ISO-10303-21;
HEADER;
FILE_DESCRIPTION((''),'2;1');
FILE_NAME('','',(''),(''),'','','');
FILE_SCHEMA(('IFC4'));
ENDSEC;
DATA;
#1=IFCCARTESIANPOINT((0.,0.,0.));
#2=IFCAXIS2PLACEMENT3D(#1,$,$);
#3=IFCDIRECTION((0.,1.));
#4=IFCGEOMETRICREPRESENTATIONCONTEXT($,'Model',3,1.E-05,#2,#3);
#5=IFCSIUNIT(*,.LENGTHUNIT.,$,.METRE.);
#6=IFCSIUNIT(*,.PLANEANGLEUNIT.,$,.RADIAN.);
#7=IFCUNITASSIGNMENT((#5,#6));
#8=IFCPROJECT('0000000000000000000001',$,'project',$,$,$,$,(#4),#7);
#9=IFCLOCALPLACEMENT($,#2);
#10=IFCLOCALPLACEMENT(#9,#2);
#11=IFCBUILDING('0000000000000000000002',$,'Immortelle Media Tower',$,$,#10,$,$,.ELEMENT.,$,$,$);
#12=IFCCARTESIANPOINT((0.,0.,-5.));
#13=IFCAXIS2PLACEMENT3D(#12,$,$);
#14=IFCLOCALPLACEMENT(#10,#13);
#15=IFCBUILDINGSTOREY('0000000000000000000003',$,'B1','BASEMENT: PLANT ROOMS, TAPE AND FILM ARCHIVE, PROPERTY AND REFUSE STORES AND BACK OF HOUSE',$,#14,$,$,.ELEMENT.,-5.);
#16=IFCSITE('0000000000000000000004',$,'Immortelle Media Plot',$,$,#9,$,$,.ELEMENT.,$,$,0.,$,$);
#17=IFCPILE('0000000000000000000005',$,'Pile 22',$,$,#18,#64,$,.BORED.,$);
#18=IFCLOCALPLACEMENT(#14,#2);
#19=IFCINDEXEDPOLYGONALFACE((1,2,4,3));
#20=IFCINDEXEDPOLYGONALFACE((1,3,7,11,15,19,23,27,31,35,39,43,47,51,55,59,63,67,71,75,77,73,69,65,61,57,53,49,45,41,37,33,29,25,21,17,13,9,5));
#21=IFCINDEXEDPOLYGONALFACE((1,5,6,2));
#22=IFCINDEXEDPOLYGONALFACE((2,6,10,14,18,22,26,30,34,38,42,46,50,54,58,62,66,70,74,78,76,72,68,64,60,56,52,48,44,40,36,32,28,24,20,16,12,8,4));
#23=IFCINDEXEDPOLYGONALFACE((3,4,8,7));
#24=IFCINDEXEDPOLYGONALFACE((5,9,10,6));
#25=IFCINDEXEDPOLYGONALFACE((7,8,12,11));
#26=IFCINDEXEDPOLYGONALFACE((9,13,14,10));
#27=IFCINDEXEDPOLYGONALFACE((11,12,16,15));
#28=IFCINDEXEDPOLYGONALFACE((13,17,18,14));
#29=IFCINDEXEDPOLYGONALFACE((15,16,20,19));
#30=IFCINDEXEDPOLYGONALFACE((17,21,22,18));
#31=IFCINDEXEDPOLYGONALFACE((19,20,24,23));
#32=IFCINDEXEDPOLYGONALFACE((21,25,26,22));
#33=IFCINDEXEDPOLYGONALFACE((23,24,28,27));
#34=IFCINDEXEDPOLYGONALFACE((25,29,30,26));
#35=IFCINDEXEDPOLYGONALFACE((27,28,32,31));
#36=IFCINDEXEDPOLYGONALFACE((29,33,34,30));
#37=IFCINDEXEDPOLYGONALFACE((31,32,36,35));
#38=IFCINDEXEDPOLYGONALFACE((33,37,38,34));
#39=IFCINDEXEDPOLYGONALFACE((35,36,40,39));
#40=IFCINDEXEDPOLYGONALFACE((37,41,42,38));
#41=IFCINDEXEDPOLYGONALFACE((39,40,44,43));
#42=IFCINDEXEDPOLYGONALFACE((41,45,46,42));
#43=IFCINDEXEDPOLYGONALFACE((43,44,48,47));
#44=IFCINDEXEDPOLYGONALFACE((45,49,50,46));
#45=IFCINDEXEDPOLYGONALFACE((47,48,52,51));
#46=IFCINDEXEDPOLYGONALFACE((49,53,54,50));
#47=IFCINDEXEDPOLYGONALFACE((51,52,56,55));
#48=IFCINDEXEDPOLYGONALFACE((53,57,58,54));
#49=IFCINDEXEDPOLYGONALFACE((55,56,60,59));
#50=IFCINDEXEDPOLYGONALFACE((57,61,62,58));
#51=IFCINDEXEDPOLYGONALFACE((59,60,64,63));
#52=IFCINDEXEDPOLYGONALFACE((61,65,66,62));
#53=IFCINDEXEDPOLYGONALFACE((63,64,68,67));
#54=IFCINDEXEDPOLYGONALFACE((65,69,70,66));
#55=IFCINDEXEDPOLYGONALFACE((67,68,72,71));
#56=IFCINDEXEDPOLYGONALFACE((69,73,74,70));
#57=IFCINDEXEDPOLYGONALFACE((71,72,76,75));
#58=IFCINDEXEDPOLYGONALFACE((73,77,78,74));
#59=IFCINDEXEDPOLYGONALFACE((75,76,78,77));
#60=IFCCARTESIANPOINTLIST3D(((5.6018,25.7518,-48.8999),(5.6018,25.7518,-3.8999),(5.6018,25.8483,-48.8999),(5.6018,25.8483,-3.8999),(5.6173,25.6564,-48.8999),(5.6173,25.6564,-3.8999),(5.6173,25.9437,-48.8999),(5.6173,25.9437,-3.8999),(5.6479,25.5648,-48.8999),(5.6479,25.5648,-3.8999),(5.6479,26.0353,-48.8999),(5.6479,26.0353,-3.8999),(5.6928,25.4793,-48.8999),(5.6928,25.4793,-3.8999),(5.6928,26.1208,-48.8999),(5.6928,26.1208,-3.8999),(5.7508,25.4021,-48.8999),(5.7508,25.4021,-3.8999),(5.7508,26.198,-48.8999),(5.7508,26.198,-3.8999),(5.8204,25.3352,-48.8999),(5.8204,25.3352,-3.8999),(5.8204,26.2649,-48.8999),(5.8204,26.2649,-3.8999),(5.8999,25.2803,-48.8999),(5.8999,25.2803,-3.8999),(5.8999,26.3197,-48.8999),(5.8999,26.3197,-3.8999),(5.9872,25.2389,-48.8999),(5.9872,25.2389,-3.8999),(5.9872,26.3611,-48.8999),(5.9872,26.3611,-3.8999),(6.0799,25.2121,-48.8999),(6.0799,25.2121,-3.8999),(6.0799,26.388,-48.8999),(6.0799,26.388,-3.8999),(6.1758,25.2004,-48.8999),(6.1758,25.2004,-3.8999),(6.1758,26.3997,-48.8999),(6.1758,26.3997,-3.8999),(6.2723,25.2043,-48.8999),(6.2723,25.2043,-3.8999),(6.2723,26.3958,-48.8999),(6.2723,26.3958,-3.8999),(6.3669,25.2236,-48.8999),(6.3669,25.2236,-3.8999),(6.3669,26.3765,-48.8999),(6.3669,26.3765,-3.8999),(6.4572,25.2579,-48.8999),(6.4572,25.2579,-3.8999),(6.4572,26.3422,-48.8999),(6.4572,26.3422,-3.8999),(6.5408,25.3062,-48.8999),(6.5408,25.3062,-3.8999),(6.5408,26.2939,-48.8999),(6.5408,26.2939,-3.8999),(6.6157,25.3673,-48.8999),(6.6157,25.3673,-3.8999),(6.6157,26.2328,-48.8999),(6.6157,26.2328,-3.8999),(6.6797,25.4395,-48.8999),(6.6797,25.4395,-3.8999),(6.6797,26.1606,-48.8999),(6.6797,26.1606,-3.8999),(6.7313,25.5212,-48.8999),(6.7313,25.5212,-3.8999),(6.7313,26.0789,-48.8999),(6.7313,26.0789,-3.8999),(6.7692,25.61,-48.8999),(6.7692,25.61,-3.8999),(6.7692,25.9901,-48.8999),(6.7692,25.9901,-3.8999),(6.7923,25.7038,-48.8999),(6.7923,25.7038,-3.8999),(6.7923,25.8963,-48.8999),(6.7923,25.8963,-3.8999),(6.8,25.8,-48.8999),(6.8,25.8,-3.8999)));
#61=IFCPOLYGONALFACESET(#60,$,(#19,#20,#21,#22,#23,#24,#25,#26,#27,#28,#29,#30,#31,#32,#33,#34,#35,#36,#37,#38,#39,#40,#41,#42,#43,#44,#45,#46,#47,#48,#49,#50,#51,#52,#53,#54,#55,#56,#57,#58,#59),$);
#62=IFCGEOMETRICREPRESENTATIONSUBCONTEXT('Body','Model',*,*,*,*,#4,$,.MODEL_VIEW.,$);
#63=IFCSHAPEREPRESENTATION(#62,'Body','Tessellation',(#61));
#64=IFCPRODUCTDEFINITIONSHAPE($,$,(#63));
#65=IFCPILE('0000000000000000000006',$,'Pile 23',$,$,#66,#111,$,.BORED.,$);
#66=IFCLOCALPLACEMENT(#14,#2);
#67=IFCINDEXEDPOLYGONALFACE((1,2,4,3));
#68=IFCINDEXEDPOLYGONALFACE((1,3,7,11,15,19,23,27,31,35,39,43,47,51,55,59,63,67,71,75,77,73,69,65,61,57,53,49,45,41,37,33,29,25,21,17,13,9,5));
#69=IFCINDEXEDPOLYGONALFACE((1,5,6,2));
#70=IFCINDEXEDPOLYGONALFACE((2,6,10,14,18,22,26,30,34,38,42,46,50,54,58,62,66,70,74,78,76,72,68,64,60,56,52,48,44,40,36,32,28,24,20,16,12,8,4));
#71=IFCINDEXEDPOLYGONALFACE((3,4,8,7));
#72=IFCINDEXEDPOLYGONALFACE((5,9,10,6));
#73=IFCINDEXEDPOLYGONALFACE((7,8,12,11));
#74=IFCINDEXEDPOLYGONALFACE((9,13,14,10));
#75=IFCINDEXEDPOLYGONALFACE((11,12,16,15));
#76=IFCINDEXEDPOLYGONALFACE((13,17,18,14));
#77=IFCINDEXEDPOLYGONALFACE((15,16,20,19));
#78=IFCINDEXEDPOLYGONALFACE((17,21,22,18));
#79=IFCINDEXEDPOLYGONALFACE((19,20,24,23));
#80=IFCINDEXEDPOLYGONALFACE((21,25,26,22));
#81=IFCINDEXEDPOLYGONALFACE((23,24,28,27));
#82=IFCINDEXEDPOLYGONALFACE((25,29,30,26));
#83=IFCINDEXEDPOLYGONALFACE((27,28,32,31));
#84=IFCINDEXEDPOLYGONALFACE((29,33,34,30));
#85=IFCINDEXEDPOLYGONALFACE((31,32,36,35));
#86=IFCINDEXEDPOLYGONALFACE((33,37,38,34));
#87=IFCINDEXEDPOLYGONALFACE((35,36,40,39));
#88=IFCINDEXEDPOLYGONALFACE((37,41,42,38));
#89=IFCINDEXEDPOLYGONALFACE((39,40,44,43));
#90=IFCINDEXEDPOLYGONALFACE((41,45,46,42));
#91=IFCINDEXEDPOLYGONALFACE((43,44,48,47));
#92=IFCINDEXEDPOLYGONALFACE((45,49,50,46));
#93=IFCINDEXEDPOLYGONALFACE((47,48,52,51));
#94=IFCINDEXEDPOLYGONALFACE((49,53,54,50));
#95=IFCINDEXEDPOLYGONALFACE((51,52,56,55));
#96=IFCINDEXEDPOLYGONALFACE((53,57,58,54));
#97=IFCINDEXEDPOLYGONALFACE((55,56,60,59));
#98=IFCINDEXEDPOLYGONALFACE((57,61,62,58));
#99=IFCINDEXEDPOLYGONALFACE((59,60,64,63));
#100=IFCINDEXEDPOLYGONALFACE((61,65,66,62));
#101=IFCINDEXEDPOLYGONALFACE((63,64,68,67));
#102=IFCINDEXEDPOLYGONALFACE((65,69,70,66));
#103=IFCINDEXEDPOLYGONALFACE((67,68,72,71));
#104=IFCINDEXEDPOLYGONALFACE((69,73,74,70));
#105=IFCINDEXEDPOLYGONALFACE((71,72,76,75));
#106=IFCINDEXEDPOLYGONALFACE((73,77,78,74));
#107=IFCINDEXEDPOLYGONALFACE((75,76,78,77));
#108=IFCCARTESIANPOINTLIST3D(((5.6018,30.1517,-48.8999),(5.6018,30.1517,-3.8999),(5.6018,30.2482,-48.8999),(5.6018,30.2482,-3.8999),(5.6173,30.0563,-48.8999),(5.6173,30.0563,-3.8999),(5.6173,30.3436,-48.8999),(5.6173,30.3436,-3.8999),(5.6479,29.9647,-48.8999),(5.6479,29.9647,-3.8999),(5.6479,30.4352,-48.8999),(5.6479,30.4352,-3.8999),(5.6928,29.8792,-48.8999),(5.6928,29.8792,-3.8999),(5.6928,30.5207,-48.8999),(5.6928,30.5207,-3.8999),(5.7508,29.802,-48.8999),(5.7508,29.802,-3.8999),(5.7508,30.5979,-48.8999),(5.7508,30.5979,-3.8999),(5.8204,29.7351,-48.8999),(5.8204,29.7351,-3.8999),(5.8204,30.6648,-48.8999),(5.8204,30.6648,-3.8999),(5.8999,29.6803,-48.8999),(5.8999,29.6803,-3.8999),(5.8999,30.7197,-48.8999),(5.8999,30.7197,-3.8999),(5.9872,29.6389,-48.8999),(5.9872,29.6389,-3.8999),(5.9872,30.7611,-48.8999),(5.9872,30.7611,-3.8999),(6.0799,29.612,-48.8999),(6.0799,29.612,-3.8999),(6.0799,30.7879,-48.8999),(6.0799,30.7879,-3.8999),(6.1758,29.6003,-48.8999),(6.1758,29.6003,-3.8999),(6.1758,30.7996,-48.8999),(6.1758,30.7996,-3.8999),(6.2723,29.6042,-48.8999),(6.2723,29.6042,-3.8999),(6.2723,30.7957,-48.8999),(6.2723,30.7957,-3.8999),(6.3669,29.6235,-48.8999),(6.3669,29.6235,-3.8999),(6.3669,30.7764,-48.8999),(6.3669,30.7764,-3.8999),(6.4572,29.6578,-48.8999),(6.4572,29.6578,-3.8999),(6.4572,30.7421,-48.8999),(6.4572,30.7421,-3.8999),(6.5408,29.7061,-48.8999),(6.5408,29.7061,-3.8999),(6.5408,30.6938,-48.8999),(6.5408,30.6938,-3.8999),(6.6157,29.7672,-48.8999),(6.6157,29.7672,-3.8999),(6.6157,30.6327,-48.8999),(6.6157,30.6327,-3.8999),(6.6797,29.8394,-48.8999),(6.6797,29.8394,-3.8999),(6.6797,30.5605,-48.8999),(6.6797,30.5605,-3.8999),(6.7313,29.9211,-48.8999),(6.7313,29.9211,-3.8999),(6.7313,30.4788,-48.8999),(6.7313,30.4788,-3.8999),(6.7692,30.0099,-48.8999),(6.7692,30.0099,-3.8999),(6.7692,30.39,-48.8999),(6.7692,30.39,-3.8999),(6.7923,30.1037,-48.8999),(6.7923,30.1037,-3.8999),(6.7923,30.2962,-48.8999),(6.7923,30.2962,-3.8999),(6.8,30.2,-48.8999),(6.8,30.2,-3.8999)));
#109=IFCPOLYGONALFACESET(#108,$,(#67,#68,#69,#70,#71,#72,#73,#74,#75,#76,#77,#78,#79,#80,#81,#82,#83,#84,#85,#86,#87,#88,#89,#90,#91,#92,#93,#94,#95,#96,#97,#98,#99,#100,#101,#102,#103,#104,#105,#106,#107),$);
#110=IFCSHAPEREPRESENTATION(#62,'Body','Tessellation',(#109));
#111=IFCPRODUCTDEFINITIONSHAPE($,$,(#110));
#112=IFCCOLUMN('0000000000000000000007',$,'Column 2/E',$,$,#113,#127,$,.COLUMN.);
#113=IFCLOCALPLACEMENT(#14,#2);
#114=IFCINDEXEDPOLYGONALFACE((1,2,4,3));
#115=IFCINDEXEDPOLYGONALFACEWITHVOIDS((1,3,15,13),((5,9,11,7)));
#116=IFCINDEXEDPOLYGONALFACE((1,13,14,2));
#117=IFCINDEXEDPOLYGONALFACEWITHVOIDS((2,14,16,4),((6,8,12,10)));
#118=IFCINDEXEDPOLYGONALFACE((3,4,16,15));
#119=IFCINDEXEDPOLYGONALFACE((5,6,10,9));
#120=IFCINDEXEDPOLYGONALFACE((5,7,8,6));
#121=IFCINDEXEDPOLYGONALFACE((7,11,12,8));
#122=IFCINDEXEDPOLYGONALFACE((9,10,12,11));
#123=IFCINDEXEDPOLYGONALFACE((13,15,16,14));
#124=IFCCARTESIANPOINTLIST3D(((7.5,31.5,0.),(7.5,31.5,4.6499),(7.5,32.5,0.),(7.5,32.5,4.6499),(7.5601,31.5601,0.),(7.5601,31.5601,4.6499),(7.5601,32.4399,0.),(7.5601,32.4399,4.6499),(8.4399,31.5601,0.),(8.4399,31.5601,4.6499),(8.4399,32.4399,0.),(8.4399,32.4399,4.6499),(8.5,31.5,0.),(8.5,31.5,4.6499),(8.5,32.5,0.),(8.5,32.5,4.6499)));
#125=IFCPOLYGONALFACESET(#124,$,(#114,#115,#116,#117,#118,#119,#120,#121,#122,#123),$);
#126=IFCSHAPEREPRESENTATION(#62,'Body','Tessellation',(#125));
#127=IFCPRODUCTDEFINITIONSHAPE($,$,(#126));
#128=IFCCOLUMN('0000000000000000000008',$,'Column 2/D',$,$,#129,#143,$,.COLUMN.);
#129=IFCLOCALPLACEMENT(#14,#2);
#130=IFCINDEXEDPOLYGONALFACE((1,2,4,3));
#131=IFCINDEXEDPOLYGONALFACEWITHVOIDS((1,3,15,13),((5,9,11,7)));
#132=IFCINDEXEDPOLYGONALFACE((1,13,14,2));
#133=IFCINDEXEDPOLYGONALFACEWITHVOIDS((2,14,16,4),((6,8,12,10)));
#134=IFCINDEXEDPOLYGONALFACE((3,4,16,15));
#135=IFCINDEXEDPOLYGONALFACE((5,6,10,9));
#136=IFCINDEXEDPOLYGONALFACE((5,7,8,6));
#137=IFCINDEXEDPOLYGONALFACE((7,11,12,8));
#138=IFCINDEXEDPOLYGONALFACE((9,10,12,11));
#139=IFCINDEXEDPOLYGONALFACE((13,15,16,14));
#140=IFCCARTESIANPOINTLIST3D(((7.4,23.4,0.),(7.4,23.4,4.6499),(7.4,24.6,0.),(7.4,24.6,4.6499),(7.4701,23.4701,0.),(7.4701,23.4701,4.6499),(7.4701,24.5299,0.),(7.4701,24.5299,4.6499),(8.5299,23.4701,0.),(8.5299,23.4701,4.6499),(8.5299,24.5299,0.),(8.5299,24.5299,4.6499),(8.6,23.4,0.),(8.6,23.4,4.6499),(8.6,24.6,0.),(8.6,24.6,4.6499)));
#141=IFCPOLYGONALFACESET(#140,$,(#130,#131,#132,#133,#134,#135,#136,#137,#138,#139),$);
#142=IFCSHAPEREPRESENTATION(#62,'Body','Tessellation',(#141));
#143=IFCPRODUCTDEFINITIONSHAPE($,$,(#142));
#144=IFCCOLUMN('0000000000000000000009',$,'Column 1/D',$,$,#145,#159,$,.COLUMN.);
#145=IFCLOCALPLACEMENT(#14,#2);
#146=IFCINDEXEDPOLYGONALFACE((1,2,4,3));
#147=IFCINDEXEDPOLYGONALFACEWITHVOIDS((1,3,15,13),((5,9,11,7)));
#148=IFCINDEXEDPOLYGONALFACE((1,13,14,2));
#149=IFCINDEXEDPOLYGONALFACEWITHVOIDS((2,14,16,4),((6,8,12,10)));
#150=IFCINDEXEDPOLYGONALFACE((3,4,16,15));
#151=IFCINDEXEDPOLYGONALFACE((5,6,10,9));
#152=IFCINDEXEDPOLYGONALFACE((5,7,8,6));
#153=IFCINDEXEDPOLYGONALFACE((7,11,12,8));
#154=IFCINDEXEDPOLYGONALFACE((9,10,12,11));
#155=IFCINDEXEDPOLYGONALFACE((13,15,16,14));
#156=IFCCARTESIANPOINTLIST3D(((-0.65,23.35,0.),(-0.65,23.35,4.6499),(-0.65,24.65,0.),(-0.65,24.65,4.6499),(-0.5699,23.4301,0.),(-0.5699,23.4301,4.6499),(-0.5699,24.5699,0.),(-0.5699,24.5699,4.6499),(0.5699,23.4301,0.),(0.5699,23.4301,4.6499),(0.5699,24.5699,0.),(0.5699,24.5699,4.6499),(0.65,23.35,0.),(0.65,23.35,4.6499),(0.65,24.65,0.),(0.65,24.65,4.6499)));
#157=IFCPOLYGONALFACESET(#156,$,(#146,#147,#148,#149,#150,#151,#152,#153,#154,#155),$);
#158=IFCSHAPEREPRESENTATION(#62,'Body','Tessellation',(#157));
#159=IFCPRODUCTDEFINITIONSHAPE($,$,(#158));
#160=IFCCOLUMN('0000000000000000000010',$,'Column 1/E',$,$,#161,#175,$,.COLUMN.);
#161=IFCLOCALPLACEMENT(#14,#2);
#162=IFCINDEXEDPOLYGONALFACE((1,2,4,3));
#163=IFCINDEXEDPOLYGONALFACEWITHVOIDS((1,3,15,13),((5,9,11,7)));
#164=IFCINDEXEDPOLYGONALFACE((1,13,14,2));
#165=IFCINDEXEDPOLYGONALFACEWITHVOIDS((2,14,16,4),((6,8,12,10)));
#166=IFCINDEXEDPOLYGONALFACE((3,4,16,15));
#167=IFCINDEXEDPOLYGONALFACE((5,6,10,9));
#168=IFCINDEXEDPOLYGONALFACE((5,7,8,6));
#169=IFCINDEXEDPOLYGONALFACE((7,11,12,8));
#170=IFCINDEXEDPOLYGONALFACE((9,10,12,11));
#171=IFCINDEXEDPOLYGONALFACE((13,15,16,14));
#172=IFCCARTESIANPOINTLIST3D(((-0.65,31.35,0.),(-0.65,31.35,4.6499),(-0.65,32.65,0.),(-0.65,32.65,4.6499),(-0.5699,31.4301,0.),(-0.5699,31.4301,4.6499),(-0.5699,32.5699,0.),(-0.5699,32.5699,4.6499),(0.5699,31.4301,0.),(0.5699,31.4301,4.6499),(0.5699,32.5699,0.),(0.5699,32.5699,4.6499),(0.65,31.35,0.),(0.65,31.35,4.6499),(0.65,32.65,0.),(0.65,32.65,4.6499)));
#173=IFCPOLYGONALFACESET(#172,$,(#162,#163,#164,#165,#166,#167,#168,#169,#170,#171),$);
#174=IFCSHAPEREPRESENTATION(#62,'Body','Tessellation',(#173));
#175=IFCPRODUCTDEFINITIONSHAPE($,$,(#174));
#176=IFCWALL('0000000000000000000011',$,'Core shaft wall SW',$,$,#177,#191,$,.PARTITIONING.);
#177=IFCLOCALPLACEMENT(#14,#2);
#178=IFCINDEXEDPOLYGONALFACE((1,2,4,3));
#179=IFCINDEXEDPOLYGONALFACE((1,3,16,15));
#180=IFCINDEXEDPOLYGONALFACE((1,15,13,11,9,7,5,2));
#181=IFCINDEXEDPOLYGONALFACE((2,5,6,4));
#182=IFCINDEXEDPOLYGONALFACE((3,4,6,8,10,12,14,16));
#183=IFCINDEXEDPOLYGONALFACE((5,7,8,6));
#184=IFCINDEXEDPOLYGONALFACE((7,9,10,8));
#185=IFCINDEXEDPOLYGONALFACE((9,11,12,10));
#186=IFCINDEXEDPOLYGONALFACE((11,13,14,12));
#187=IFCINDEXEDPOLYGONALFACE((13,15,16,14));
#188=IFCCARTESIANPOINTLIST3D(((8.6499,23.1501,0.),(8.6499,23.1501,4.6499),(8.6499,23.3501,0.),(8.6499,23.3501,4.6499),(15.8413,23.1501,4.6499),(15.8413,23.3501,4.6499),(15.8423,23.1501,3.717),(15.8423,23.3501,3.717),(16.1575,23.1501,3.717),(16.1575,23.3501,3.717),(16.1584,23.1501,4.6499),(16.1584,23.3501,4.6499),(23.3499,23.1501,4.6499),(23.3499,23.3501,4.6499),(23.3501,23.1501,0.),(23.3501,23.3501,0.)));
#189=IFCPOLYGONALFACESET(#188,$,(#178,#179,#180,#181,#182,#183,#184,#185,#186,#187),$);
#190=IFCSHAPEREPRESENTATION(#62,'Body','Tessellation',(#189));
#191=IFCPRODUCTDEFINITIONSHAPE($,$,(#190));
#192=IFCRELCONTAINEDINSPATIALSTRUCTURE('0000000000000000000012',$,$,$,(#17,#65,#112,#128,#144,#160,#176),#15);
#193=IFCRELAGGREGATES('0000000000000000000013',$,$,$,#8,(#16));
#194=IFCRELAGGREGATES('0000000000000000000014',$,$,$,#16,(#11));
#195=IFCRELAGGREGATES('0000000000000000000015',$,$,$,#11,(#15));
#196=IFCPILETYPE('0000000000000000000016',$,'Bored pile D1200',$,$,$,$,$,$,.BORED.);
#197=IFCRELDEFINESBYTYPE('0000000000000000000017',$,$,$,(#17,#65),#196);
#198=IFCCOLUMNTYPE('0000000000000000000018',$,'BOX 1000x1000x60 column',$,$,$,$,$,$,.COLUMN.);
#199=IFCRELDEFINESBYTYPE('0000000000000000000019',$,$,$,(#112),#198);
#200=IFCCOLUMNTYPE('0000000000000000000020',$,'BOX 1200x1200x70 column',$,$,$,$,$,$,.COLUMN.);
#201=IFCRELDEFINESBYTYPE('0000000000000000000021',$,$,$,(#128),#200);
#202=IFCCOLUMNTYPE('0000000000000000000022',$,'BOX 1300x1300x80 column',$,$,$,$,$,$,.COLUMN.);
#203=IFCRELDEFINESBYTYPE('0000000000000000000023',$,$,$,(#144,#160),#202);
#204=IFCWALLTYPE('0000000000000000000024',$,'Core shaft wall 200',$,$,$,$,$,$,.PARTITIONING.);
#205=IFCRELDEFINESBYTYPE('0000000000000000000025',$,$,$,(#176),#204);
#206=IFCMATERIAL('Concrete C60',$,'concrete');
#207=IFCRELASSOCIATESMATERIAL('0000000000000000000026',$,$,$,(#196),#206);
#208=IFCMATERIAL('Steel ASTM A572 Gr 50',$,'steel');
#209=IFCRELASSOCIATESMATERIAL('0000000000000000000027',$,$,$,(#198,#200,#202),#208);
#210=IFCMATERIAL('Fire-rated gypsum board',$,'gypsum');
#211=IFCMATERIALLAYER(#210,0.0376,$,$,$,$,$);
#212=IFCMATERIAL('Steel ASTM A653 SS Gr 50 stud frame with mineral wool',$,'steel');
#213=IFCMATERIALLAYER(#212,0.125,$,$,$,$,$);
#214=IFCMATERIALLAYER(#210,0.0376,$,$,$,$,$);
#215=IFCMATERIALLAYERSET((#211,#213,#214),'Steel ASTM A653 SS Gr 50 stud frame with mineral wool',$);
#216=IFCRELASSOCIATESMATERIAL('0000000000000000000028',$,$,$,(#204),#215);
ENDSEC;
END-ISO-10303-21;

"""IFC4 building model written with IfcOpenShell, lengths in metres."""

from ifc_helpers import new_model, si_unit, direction, frame, origin, origin_2d, place, context, subcontext, project, spatial, polyline, hollow_rectangle, circle, outline, extrude, material, layer, layer_set, material_profile, profile_set, type_object, element, save


model = new_model("IFC4")

# Units and contexts
model_context = context("Model", 3, precision=1e-05, world=origin(), true_north=direction((0.0, 1.0)))
body_context = subcontext(model_context, "Body", "Model", "MODEL_VIEW")
ifc_project = project(units=[si_unit("LENGTHUNIT", "METRE"), si_unit("PLANEANGLEUNIT", "RADIAN")], contexts=[model_context])

# Site, building, storey
site_placement = place(None, origin())
site = spatial("IfcSite", under=ifc_project, at=site_placement, Name="Immortelle Media Plot", CompositionType="ELEMENT", RefElevation=0.0)
building_placement = place(site_placement, origin())
building = spatial("IfcBuilding", under=site, at=building_placement, Name="Immortelle Media Tower", CompositionType="ELEMENT")
storey_placement = place(building_placement, frame((0.0, 0.0, -5.0)))
storey = spatial("IfcBuildingStorey", under=building, at=storey_placement, Name="B1", Description="BASEMENT: PLANT ROOMS, TAPE AND FILM ARCHIVE, PROPERTY AND REFUSE STORES AND BACK OF HOUSE", CompositionType="ELEMENT", Elevation=-5.0)

# Piles
ifc_material_1 = material(Name="Concrete C60", Category="concrete")
ifc_material_profile_1 = material_profile(ifc_material_1, circle(Radius=0.6001, at=origin_2d()), Name="Bored pile D1200")
ifc_profile_set_1 = profile_set([ifc_material_profile_1], Name="Concrete C60")
pile_type = type_object("IfcPileType", Name="Bored pile D1200", PredefinedType="BORED", material=ifc_profile_set_1)
for number, where, z_axis, x_axis, name in (
    (1, (6.2, 25.8, -3.8999), (0.0, 0.0, -1.0), (1.0, 0.0, 0.0), "Pile 22"),
    (2, (6.2, 30.2, -3.8999), (0.0, 0.0, -1.0), (1.0, 0.0, 0.0), "Pile 23"),
):
    element("IfcPile", number, at=place(storey_placement, frame(where, z_axis=z_axis, x_axis=x_axis)), inside=storey, type_object=pile_type, Name=name, PredefinedType="BORED", context=body_context, shape_type="SweptSolid", body=[
        extrude(circle(Radius=0.6001, at=origin_2d()), origin(), (0.0, 0.0, 1.0), 45.0),
    ])

# Columns
ifc_material_2 = material(Name="Steel ASTM A572 Gr 50", Category="steel")
ifc_material_profile_2 = material_profile(ifc_material_2, hollow_rectangle(XDim=1.0, YDim=1.0, WallThickness=0.0601, at=origin_2d()), Name="BOX 1000x1000x60 column")
ifc_profile_set_2 = profile_set([ifc_material_profile_2], Name="Steel ASTM A572 Gr 50")
column_type_1 = type_object("IfcColumnType", Name="BOX 1000x1000x60 column", PredefinedType="COLUMN", material=ifc_profile_set_2)
column_1_placement = place(storey_placement, frame((8.0, 32.0, 0.0), z_axis=(0.0, 0.0, 1.0), x_axis=(1.0, 0.0, 0.0)))
element("IfcColumn", 3, at=column_1_placement, inside=storey, type_object=column_type_1, Name="Column 2/E", PredefinedType="COLUMN", context=body_context, shape_type="SweptSolid", body=[
    extrude(hollow_rectangle(XDim=1.0, YDim=1.0, WallThickness=0.0601, at=origin_2d()), origin(), (0.0, 0.0, 1.0), 4.6499),
])
ifc_material_profile_3 = material_profile(ifc_material_2, hollow_rectangle(XDim=1.2, YDim=1.2, WallThickness=0.0701, at=origin_2d()), Name="BOX 1200x1200x70 column")
ifc_profile_set_3 = profile_set([ifc_material_profile_3], Name="Steel ASTM A572 Gr 50")
column_type_2 = type_object("IfcColumnType", Name="BOX 1200x1200x70 column", PredefinedType="COLUMN", material=ifc_profile_set_3)
column_2_placement = place(storey_placement, frame((8.0, 24.0, 0.0), z_axis=(0.0, 0.0, 1.0), x_axis=(1.0, 0.0, 0.0)))
element("IfcColumn", 4, at=column_2_placement, inside=storey, type_object=column_type_2, Name="Column 2/D", PredefinedType="COLUMN", context=body_context, shape_type="SweptSolid", body=[
    extrude(hollow_rectangle(XDim=1.2, YDim=1.2, WallThickness=0.0701, at=origin_2d()), origin(), (0.0, 0.0, 1.0), 4.6499),
])
ifc_material_profile_4 = material_profile(ifc_material_2, hollow_rectangle(XDim=1.3, YDim=1.3, WallThickness=0.0801, at=origin_2d()), Name="BOX 1300x1300x80 column")
ifc_profile_set_4 = profile_set([ifc_material_profile_4], Name="Steel ASTM A572 Gr 50")
column_type_3 = type_object("IfcColumnType", Name="BOX 1300x1300x80 column", PredefinedType="COLUMN", material=ifc_profile_set_4)
for number, where, z_axis, x_axis, name in (
    (5, (0.0, 24.0, 0.0), (0.0, 0.0, 1.0), (1.0, 0.0, 0.0), "Column 1/D"),
    (6, (0.0, 32.0, 0.0), (0.0, 0.0, 1.0), (1.0, 0.0, 0.0), "Column 1/E"),
):
    element("IfcColumn", number, at=place(storey_placement, frame(where, z_axis=z_axis, x_axis=x_axis)), inside=storey, type_object=column_type_3, Name=name, PredefinedType="COLUMN", context=body_context, shape_type="SweptSolid", body=[
        extrude(hollow_rectangle(XDim=1.3, YDim=1.3, WallThickness=0.0801, at=origin_2d()), origin(), (0.0, 0.0, 1.0), 4.6499),
    ])

# Wall
ifc_material_3 = material(Name="Fire-rated gypsum board", Category="gypsum")
ifc_layer_1 = layer(ifc_material_3, 0.0376)
ifc_material_4 = material(Name="Steel ASTM A653 SS Gr 50 stud frame with mineral wool", Category="steel")
ifc_layer_2 = layer(ifc_material_4, 0.125)
ifc_layer_3 = layer(ifc_material_3, 0.0376)
ifc_layer_set_1 = layer_set([ifc_layer_1, ifc_layer_2, ifc_layer_3], Name="Steel ASTM A653 SS Gr 50 stud frame with mineral wool")
wall_type_1 = type_object("IfcWallType", Name="Core shaft wall 200", PredefinedType="PARTITIONING", material=ifc_layer_set_1)
wall_1_placement = place(storey_placement, frame((8.6499, 23.25, 0.0), z_axis=(0.0, 0.0, 1.0), x_axis=(1.0, 0.0, 0.0)))
element("IfcWall", 7, at=wall_1_placement, inside=storey, type_object=wall_type_1, Name="Core shaft wall SW", PredefinedType="PARTITIONING", context=body_context, shape_type="SweptSolid", body=[
    extrude(outline(polyline([(0.0, 0.0), (14.7002, 0.0), (14.7, 4.6499), (7.5085, 4.6499), (7.5076, 3.717), (7.1924, 3.717), (7.1914, 4.6499), (0.0, 4.6499), (0.0, 0.0)])), frame((0.0, 0.1001, 0.0), z_axis=(0.0, -1.0, 0.0), x_axis=(1.0, 0.0, 0.0)), (0.0, 0.0, 1.0), 0.2),
])

save(model, "model.ifc")
